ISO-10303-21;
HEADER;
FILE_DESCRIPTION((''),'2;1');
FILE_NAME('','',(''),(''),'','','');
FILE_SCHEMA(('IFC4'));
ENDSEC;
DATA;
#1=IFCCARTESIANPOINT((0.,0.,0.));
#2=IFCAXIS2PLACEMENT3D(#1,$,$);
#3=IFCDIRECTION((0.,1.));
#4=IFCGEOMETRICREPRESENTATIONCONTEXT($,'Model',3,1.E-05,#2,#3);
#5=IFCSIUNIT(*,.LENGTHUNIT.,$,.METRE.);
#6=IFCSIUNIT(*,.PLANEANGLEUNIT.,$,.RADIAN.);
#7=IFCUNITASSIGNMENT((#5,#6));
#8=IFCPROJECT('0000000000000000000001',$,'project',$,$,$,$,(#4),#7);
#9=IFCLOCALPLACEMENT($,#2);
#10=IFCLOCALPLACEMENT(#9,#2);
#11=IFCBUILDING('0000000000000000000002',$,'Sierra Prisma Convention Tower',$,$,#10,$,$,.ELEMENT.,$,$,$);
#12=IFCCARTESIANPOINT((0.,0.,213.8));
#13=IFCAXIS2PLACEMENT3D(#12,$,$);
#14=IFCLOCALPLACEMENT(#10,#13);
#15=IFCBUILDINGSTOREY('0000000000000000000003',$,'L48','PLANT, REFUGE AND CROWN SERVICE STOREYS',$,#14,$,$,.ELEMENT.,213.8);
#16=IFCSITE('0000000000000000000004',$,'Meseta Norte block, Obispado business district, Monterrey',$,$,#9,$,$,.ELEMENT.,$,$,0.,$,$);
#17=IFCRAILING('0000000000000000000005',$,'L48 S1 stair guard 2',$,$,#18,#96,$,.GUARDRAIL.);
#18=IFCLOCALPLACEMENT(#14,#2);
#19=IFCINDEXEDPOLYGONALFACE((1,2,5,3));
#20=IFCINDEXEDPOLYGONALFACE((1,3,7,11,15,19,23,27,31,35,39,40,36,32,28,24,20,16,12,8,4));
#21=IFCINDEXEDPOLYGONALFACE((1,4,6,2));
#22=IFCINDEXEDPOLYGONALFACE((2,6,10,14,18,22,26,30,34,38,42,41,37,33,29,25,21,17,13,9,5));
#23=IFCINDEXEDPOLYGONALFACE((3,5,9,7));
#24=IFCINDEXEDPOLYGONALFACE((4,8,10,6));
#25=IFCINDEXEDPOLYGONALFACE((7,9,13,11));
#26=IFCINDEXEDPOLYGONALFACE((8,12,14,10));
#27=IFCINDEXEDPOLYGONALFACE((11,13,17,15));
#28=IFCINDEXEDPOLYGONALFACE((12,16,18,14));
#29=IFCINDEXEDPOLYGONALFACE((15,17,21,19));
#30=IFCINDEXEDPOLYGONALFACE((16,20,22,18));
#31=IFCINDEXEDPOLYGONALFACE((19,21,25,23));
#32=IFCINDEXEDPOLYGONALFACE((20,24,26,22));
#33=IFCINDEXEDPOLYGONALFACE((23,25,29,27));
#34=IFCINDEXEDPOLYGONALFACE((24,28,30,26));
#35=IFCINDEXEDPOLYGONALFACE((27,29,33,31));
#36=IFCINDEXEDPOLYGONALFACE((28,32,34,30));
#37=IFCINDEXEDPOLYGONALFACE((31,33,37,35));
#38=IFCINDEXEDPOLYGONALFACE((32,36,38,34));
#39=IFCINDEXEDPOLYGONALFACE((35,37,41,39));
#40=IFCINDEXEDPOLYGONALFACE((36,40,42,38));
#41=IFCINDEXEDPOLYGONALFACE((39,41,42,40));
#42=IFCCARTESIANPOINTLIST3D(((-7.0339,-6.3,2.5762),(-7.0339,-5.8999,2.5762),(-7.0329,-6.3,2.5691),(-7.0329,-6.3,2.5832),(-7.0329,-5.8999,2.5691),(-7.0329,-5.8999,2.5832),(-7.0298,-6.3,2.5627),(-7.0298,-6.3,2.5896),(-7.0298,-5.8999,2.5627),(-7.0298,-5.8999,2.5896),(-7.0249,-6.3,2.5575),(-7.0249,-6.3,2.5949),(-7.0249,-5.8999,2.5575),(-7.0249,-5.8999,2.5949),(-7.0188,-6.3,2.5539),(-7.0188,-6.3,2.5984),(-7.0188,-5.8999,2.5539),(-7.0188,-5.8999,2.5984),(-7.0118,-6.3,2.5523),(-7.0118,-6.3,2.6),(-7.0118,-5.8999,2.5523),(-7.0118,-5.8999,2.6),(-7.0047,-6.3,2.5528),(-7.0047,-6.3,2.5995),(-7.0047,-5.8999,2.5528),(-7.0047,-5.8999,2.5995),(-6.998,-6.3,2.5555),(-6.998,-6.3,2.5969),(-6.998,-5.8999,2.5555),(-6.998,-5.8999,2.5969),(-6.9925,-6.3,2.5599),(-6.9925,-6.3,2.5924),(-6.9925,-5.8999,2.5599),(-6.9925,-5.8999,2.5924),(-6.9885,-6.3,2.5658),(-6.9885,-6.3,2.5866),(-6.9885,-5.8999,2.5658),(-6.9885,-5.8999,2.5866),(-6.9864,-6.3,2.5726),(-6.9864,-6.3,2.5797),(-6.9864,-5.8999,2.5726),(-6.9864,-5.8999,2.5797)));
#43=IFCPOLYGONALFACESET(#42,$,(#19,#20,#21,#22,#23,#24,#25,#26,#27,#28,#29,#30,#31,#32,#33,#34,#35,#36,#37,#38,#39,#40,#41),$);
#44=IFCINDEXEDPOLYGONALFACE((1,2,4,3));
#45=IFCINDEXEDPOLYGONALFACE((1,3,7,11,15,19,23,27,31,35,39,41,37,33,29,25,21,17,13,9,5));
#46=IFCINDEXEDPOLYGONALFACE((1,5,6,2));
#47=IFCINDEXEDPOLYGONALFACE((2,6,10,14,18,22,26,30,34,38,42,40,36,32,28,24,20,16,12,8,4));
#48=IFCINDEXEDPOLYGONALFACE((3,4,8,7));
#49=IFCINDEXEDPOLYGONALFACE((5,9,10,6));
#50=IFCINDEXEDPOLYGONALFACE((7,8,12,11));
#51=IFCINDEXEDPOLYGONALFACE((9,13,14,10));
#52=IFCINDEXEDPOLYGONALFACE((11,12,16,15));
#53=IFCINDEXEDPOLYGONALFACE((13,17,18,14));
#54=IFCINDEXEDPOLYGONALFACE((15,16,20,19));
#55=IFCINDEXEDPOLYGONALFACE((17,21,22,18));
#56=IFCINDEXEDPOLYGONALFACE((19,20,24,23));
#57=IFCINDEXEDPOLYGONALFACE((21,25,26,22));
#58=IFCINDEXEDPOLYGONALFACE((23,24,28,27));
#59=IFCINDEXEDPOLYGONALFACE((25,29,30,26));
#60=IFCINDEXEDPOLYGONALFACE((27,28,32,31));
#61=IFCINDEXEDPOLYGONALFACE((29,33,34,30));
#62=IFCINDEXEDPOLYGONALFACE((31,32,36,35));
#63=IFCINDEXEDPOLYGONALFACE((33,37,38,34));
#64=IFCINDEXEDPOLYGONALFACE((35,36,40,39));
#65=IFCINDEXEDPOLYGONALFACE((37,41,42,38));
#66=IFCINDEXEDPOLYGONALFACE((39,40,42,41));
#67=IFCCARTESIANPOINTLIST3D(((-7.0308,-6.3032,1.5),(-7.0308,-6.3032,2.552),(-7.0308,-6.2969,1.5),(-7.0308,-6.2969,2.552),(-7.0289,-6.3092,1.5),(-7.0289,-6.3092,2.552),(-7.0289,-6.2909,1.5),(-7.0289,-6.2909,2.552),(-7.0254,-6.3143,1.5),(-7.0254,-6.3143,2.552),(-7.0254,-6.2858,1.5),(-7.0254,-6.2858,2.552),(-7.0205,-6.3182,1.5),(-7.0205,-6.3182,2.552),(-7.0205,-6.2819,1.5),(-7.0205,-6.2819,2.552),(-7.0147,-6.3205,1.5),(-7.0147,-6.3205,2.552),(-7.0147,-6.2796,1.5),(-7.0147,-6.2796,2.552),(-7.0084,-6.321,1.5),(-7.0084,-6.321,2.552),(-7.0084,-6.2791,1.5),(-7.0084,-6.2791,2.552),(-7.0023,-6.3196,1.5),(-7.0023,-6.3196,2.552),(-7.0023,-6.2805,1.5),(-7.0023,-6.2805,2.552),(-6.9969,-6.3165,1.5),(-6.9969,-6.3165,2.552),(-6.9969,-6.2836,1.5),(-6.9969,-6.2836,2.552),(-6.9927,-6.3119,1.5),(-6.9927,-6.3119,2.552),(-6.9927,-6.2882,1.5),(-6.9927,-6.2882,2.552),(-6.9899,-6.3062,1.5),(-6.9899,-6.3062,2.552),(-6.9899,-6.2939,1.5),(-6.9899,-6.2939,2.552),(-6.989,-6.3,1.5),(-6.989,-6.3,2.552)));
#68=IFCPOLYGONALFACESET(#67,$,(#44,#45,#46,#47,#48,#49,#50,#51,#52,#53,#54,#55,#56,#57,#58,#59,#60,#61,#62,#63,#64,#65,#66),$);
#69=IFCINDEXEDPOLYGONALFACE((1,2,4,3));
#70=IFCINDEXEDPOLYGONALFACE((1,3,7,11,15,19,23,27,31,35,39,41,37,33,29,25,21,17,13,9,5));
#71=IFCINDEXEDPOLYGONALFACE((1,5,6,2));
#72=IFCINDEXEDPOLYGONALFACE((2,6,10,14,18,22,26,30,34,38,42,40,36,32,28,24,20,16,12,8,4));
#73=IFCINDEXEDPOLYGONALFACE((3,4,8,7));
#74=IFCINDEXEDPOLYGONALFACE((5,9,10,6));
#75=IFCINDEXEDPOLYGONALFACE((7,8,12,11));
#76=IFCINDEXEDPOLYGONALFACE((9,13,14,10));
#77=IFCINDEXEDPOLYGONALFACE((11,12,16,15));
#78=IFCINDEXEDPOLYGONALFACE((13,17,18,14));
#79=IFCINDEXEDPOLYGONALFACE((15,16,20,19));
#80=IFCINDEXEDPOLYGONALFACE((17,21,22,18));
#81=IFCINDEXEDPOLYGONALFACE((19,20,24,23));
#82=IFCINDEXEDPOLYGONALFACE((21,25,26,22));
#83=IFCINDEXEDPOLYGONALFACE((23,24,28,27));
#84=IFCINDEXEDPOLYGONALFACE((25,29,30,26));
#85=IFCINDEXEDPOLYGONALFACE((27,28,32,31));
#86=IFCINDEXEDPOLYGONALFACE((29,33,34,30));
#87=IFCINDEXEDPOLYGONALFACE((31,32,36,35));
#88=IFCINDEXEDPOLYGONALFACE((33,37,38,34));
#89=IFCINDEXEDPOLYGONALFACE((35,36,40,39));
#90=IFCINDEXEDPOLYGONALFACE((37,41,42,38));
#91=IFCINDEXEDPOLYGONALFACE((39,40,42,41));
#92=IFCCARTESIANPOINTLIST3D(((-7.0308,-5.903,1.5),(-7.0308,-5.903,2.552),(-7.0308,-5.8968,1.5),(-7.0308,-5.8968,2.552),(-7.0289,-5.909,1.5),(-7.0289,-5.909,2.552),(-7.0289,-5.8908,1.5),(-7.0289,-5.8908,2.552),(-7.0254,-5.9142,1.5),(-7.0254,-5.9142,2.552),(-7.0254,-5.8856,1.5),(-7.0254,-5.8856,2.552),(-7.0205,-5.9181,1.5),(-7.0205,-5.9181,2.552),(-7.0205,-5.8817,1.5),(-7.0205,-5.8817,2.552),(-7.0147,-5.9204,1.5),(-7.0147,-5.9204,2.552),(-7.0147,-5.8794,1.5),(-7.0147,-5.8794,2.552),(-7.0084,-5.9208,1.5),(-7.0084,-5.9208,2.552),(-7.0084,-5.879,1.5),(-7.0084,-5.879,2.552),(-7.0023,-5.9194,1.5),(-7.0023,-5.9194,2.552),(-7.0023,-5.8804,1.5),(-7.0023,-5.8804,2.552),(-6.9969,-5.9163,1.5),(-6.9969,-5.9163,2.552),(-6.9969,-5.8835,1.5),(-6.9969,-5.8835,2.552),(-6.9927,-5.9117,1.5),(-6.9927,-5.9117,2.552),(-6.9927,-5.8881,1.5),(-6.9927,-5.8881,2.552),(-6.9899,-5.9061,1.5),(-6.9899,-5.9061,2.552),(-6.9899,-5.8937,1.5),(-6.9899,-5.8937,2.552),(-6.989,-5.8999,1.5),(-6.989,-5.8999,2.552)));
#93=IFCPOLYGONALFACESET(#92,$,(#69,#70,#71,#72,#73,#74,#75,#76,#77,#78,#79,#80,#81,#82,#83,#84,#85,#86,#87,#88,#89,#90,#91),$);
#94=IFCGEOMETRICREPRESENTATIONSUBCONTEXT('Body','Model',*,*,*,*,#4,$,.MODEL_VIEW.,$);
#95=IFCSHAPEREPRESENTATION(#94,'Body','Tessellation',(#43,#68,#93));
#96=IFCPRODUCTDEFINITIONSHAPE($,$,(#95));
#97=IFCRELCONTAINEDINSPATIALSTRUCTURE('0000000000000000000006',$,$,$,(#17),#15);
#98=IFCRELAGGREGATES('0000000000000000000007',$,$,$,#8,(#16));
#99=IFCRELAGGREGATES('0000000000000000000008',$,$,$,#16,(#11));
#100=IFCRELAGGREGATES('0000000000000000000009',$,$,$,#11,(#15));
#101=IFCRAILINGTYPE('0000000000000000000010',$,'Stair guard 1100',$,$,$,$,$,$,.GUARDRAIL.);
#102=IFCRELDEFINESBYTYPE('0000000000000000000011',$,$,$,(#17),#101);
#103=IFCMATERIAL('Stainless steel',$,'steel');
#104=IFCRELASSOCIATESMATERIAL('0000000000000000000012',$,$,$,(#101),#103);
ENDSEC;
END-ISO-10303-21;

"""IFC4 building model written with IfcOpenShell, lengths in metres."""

from ifc_helpers import new_model, si_unit, direction, frame, origin, origin_2d, place, context, subcontext, project, spatial, circle, extrude, material, type_object, element, save


model = new_model("IFC4")

# Units and contexts
model_context = context("Model", 3, precision=1e-05, world=origin(), true_north=direction((0.0, 1.0)))
body_context = subcontext(model_context, "Body", "Model", "MODEL_VIEW")
ifc_project = project(units=[si_unit("LENGTHUNIT", "METRE"), si_unit("PLANEANGLEUNIT", "RADIAN")], contexts=[model_context])

# Site, building, storey
site_placement = place(None, origin())
site = spatial("IfcSite", under=ifc_project, at=site_placement, Name="Meseta Norte block, Obispado business district, Monterrey", CompositionType="ELEMENT", RefElevation=0.0)
building_placement = place(site_placement, origin())
building = spatial("IfcBuilding", under=site, at=building_placement, Name="Sierra Prisma Convention Tower", CompositionType="ELEMENT")
storey_placement = place(building_placement, frame((0.0, 0.0, 213.8)))
storey = spatial("IfcBuildingStorey", under=building, at=storey_placement, Name="L48", Description="PLANT, REFUGE AND CROWN SERVICE STOREYS", CompositionType="ELEMENT", Elevation=213.8)

# Railing
ifc_material_1 = material(Name="Stainless steel", Category="steel")
railing_type_1 = type_object("IfcRailingType", Name="Stair guard 1100", PredefinedType="GUARDRAIL", material=ifc_material_1)
railing_1_placement = place(storey_placement, frame((-7.01, -6.3, 1.5)))
element("IfcRailing", 1, at=railing_1_placement, inside=storey, type_object=railing_type_1, Name="L48 S1 stair guard 2", PredefinedType="GUARDRAIL", context=body_context, shape_type="SweptSolid", body=[
    extrude(circle(Radius=0.0239, at=origin_2d()), frame((0.0, 0.0, 1.0762), z_axis=(0.0, 1.0, 0.0), x_axis=(-1.0, 0.0, 0.0)), (0.0, 0.0, 1.0), 0.4001),
    extrude(circle(Radius=0.021, at=origin_2d()), origin(), (0.0, 0.0, 1.0), 1.052),
    extrude(circle(Radius=0.021, at=origin_2d()), frame((0.0, 0.4001, 0.0)), (0.0, 0.0, 1.0), 1.052),
])

save(model, "model.ifc")
